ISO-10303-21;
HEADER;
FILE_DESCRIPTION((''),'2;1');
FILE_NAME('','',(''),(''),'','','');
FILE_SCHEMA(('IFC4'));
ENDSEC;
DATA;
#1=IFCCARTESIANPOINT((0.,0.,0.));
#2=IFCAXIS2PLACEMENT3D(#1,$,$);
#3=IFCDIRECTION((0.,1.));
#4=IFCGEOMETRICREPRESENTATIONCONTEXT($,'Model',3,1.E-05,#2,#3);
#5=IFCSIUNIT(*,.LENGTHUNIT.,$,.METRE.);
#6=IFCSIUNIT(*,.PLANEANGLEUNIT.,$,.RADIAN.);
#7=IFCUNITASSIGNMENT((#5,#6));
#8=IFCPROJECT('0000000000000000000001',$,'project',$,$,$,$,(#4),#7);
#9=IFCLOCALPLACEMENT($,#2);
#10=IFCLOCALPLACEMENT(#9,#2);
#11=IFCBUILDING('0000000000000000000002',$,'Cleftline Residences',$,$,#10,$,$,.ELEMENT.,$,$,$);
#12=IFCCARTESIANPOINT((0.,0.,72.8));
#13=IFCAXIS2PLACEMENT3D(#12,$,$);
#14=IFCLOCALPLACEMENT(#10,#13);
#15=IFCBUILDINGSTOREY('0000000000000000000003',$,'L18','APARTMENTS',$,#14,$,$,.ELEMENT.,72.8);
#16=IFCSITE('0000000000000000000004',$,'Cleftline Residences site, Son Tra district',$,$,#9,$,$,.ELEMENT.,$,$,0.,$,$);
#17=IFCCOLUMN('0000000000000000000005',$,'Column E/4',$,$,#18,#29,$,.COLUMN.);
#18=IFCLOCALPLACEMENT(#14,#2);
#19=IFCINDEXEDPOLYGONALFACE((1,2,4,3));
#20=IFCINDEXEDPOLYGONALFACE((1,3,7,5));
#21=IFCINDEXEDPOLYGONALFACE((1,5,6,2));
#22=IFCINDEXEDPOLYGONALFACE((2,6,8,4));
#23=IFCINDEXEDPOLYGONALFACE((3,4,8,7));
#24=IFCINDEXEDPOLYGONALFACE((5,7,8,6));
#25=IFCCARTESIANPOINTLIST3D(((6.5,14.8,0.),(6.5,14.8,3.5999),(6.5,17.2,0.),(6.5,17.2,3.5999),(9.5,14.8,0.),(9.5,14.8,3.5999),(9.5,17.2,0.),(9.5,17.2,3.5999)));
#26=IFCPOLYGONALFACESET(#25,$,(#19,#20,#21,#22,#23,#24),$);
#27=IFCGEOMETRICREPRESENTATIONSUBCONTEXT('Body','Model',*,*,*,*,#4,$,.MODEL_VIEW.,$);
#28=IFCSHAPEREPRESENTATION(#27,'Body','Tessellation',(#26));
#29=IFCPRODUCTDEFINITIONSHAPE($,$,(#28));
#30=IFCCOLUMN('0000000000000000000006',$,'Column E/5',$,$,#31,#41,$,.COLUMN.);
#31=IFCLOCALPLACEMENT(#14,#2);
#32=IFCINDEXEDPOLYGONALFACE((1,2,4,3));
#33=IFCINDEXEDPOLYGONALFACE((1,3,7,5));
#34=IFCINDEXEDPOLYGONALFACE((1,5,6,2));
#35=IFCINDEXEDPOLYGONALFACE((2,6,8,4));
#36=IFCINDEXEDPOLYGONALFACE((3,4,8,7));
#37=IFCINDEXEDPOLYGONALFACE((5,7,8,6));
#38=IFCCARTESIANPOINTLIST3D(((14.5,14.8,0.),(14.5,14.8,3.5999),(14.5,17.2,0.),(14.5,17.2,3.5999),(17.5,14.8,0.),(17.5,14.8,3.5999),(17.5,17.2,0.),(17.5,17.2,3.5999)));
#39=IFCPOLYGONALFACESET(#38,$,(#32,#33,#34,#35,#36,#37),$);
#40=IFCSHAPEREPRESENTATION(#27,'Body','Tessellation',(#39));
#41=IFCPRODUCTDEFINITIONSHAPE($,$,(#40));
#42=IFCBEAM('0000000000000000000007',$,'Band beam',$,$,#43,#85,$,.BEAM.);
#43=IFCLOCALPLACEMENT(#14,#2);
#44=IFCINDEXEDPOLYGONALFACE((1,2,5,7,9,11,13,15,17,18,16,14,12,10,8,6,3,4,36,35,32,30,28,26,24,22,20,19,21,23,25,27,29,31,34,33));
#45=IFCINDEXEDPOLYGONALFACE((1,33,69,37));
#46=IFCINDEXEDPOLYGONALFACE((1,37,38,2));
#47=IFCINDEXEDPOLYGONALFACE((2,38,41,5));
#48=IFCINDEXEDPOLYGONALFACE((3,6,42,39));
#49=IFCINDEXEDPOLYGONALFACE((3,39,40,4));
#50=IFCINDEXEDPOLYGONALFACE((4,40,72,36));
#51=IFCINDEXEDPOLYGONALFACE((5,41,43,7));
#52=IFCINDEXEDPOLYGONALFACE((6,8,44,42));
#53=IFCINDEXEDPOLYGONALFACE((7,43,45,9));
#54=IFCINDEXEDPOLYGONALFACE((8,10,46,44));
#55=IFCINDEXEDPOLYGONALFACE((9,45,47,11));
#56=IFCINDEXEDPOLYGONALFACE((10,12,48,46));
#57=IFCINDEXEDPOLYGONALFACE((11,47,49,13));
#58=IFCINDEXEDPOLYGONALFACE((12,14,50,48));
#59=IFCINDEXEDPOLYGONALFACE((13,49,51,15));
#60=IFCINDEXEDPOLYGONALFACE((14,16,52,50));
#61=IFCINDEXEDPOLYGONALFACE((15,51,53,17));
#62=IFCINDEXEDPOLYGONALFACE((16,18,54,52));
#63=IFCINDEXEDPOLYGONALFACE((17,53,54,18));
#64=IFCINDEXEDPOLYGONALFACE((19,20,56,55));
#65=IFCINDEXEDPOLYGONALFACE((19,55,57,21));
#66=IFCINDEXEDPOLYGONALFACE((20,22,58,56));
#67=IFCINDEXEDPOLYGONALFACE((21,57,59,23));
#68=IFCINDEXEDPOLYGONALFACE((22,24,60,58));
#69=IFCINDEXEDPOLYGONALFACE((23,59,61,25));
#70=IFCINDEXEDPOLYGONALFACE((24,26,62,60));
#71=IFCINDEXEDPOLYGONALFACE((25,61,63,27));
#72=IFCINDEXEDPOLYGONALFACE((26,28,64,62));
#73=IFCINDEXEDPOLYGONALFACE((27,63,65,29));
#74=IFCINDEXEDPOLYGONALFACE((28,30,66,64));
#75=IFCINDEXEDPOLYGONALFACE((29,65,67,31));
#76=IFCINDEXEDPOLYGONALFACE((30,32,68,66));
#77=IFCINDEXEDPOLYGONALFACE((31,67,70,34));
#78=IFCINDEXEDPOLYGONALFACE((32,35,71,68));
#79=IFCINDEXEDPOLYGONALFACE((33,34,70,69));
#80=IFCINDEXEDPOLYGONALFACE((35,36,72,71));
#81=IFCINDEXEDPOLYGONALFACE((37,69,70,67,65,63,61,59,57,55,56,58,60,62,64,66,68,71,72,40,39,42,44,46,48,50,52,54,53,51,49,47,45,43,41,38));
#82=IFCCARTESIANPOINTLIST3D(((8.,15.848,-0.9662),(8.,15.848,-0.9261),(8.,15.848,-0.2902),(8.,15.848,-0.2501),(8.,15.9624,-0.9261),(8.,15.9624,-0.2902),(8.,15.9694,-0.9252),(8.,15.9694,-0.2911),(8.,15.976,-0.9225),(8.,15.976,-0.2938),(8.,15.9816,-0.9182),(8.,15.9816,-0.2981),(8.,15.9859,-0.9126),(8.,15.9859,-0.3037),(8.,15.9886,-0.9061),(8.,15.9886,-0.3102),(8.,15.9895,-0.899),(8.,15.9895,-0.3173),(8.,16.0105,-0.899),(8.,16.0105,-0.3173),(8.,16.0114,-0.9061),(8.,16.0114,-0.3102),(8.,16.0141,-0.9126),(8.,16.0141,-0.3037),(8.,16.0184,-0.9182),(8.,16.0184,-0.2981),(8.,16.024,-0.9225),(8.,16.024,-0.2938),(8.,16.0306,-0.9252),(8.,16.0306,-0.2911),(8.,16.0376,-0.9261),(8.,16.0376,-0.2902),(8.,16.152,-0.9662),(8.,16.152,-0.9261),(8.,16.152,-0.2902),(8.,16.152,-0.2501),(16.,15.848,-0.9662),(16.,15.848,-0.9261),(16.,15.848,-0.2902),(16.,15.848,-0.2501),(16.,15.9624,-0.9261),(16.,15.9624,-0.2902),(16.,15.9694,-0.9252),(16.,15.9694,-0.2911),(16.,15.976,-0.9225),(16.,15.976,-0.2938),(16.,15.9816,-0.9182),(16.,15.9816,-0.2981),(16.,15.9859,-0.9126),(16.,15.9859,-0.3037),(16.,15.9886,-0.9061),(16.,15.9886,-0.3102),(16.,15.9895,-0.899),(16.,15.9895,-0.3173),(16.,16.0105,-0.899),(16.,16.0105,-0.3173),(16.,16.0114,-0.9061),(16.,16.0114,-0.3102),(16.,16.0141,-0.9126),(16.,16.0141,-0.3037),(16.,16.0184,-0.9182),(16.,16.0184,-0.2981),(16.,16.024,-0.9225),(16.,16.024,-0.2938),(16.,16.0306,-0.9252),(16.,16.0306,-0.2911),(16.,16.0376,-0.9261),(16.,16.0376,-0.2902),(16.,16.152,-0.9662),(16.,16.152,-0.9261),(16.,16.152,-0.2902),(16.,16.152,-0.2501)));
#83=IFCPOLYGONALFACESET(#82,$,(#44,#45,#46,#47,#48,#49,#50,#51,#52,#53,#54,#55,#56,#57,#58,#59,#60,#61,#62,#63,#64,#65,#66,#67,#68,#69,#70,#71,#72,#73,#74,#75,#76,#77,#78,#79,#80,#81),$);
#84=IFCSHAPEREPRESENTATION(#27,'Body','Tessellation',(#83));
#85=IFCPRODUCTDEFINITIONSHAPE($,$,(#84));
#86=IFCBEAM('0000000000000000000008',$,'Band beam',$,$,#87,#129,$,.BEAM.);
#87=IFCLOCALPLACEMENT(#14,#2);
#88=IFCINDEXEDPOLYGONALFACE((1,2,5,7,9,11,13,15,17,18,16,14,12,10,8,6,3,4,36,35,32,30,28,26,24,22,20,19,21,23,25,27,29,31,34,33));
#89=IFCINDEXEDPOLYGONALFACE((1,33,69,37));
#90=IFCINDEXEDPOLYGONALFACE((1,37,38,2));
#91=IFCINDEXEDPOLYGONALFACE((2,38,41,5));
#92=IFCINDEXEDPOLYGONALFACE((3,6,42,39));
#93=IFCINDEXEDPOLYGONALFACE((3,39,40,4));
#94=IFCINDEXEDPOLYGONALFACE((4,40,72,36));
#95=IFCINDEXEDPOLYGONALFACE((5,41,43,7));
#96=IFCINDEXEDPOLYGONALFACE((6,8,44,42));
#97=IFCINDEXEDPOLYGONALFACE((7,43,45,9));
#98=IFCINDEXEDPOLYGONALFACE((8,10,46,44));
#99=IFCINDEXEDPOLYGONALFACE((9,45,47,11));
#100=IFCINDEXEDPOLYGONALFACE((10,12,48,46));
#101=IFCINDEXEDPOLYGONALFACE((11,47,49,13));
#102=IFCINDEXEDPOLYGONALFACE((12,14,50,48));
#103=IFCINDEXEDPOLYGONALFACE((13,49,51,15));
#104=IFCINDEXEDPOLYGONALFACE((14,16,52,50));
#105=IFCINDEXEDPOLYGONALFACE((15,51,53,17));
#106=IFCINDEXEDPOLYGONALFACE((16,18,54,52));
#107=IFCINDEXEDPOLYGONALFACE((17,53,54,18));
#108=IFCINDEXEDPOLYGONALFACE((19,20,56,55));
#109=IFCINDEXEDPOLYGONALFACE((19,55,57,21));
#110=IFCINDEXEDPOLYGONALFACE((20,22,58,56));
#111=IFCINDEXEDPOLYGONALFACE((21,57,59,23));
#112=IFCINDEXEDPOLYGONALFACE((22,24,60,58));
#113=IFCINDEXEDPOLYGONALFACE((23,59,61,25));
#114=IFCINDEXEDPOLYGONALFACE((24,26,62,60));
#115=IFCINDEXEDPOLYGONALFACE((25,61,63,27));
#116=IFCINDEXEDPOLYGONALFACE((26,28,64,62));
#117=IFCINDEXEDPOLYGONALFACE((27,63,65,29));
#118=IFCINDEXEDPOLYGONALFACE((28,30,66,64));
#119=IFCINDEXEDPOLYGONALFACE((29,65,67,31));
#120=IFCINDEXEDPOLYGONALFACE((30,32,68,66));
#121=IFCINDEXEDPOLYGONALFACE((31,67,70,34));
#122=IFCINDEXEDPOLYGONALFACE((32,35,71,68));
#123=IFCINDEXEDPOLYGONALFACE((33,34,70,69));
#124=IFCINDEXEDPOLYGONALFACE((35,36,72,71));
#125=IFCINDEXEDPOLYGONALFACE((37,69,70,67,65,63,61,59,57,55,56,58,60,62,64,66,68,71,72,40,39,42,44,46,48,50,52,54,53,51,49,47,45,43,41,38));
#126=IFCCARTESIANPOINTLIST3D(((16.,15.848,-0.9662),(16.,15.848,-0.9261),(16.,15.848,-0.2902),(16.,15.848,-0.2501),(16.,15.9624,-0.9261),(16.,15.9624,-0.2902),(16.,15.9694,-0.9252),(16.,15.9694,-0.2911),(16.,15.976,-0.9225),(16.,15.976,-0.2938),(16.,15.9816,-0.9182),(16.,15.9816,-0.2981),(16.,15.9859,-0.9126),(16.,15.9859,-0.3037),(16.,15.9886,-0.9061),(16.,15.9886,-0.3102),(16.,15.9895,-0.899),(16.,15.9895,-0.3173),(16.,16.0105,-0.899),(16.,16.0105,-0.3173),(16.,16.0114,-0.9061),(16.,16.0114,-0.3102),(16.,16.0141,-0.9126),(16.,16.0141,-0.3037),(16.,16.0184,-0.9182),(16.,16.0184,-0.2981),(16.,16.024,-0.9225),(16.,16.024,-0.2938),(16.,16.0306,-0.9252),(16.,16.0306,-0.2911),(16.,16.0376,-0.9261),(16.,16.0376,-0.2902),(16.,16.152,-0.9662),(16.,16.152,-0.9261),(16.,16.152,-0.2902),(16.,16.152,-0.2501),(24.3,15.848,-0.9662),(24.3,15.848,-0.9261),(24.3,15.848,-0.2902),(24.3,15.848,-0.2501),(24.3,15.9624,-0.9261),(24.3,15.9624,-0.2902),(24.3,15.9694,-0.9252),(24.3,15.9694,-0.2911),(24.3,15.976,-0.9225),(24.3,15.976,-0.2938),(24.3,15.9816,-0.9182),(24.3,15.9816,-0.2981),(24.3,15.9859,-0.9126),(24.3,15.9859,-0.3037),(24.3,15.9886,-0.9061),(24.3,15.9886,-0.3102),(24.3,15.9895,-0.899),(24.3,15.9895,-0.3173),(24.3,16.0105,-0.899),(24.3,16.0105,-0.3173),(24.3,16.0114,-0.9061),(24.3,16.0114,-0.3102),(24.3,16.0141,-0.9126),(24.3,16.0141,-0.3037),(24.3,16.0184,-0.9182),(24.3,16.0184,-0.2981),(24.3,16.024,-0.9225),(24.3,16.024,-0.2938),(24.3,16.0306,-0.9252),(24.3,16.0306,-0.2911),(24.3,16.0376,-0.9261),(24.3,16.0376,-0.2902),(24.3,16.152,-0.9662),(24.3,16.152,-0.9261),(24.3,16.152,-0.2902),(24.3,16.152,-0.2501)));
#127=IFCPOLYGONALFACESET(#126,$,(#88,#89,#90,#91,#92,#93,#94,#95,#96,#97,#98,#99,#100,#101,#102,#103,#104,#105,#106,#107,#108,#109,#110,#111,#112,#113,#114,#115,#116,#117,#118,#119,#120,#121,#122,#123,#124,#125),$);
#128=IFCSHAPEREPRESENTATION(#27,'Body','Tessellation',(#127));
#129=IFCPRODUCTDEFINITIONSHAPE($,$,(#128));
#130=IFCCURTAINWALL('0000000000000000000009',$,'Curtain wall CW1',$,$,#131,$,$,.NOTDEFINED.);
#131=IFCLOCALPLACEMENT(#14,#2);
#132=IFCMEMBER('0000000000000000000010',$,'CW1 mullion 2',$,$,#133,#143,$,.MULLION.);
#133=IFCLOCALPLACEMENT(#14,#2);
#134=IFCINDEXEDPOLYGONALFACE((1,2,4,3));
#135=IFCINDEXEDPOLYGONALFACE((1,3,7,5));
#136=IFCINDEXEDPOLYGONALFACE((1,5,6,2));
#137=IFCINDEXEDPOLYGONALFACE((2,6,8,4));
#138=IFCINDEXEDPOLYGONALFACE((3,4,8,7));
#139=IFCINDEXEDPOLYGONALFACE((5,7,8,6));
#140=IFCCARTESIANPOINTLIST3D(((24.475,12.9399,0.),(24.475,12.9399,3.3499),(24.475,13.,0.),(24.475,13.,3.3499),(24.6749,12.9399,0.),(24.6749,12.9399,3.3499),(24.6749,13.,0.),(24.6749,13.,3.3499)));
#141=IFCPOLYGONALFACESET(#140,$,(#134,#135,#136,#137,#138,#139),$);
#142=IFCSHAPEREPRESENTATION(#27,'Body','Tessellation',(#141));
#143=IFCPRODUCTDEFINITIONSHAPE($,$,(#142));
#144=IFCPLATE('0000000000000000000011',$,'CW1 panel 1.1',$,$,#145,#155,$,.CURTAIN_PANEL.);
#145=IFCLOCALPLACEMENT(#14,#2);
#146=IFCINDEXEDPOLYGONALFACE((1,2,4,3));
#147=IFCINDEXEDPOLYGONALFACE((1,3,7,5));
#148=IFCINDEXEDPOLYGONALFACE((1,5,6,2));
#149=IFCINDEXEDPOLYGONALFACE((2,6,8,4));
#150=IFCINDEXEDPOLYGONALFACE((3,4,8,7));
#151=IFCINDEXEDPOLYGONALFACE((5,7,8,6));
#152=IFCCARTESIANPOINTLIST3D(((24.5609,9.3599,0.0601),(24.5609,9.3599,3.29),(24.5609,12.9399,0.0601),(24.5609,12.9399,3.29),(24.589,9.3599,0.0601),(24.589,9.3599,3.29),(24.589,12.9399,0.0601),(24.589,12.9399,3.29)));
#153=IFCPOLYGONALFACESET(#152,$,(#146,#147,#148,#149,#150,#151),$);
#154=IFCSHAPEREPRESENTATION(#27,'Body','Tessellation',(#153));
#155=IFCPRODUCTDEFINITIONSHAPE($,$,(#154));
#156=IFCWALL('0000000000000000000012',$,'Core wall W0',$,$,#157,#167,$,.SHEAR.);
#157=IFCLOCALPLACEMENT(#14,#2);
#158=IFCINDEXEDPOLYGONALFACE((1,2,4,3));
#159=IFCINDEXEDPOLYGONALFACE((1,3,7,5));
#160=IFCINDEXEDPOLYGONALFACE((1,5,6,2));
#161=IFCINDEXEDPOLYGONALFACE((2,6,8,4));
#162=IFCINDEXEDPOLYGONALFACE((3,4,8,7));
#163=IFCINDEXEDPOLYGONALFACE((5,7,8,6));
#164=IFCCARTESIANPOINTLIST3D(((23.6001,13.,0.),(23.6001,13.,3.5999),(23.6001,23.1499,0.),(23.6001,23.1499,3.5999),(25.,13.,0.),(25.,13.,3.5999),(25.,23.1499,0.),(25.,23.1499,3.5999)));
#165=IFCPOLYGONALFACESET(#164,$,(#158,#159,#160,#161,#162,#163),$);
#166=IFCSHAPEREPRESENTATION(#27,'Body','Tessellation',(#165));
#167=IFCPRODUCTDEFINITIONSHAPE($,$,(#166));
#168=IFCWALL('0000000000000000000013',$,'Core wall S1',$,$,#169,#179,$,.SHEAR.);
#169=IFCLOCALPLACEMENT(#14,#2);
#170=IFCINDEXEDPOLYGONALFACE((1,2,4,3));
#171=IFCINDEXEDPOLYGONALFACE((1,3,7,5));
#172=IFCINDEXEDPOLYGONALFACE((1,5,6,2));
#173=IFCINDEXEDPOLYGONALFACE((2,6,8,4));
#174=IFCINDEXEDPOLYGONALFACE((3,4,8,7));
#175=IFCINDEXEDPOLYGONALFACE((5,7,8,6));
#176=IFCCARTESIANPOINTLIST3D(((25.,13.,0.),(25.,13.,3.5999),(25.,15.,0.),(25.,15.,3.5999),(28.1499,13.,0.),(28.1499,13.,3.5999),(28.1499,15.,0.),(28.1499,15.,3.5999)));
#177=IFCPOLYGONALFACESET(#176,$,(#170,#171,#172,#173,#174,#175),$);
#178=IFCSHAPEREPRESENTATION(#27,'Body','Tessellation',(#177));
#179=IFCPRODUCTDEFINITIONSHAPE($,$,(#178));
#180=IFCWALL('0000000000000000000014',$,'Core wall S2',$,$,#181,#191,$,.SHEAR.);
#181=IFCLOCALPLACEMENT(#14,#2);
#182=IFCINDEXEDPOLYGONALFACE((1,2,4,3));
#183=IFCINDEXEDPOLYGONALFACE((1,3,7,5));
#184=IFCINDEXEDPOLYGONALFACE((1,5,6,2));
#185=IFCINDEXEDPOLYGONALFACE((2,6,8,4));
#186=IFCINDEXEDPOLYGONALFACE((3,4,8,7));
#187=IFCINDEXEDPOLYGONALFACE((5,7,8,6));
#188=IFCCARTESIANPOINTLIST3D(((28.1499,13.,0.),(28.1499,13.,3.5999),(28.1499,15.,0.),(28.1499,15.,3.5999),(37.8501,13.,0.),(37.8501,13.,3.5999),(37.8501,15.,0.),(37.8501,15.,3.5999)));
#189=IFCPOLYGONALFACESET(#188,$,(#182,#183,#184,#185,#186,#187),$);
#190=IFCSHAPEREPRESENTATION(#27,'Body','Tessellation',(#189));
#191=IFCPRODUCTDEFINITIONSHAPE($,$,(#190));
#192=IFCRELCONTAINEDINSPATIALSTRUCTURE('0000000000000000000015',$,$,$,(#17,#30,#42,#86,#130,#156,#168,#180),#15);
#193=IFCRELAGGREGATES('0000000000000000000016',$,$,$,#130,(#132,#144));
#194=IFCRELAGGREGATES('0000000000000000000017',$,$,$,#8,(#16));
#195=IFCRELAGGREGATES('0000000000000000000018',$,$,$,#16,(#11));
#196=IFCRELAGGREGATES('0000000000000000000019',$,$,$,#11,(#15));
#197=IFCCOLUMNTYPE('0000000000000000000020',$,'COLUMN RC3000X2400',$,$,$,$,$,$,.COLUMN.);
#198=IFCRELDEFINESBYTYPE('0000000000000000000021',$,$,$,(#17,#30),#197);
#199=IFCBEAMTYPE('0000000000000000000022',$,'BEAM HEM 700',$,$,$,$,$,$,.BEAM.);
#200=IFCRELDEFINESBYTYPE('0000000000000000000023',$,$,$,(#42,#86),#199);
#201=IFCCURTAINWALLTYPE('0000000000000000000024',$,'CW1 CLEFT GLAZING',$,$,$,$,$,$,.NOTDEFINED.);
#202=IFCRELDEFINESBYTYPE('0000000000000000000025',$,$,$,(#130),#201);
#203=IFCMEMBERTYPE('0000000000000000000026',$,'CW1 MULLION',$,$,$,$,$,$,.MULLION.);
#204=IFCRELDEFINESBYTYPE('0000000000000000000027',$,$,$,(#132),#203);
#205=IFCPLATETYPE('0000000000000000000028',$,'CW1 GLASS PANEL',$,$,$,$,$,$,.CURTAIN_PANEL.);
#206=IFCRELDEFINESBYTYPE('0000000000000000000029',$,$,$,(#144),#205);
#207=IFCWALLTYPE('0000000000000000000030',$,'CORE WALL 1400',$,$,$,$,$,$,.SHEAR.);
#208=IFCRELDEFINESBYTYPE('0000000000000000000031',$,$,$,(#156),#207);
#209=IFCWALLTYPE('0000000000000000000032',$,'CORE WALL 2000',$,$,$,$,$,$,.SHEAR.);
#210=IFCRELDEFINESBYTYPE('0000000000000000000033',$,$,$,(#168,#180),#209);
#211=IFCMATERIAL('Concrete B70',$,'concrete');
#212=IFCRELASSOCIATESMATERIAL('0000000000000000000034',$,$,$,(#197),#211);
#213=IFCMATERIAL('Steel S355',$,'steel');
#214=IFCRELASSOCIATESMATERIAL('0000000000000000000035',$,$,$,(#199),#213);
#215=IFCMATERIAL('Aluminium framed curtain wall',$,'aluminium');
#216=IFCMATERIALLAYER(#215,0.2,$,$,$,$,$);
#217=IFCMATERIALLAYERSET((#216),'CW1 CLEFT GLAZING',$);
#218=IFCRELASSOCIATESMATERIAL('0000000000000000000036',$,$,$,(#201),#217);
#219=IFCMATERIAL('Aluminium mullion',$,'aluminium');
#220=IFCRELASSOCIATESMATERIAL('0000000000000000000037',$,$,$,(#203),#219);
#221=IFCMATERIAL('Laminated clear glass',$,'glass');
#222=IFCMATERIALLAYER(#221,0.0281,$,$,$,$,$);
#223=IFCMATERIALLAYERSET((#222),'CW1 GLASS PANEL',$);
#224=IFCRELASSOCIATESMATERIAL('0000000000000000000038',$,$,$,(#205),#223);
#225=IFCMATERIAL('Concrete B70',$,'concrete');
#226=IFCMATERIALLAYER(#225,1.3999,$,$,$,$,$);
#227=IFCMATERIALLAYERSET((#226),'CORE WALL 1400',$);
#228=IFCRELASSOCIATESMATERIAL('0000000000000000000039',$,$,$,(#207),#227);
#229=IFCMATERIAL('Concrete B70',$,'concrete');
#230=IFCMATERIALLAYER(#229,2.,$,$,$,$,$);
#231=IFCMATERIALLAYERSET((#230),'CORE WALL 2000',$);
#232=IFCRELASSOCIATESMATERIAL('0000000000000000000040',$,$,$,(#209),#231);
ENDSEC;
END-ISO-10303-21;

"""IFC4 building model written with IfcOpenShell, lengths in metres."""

from ifc_helpers import new_model, si_unit, direction, frame, frame_2d, origin, origin_2d, place, context, subcontext, project, spatial, rectangle, i_section, extrude, material, layer, layer_set, material_profile, profile_set, type_object, element, aggregate, save


model = new_model("IFC4")

# Units and contexts
model_context = context("Model", 3, precision=1e-05, world=origin(), true_north=direction((0.0, 1.0)))
body_context = subcontext(model_context, "Body", "Model", "MODEL_VIEW")
ifc_project = project(units=[si_unit("LENGTHUNIT", "METRE"), si_unit("PLANEANGLEUNIT", "RADIAN")], contexts=[model_context])

# Site, building, storey
site_placement = place(None, origin())
site = spatial("IfcSite", under=ifc_project, at=site_placement, Name="Cleftline Residences site, Son Tra district", CompositionType="ELEMENT", RefElevation=0.0)
building_placement = place(site_placement, origin())
building = spatial("IfcBuilding", under=site, at=building_placement, Name="Cleftline Residences", CompositionType="ELEMENT")
storey_placement = place(building_placement, frame((0.0, 0.0, 72.8)))
storey = spatial("IfcBuildingStorey", under=building, at=storey_placement, Name="L18", Description="APARTMENTS", CompositionType="ELEMENT", Elevation=72.8)

# Columns
ifc_material_1 = material(Name="Concrete B70", Category="concrete")
ifc_material_profile_1 = material_profile(ifc_material_1, rectangle(XDim=3.0, YDim=2.3999, at=origin_2d()))
ifc_profile_set_1 = profile_set([ifc_material_profile_1], Name="Concrete B70")
column_type = type_object("IfcColumnType", Name="COLUMN RC3000X2400", PredefinedType="COLUMN", material=ifc_profile_set_1)
for number, where, z_axis, x_axis, name in (
    (1, (8.0, 16.0, 0.0), (0.0, 0.0, 1.0), (1.0, 0.0, 0.0), "Column E/4"),
    (2, (16.0, 16.0, 0.0), (0.0, 0.0, 1.0), (1.0, 0.0, 0.0), "Column E/5"),
):
    element("IfcColumn", number, at=place(storey_placement, frame(where, z_axis=z_axis, x_axis=x_axis)), inside=storey, type_object=column_type, Name=name, PredefinedType="COLUMN", context=body_context, shape_type="SweptSolid", body=[
        extrude(rectangle(XDim=3.0, YDim=2.3999, at=origin_2d()), origin(), (0.0, 0.0, 1.0), 3.5999),
    ])

# Beams
ifc_material_2 = material(Name="Steel S355", Category="steel")
ifc_material_profile_2 = material_profile(ifc_material_2, i_section(OverallWidth=0.304, OverallDepth=0.7161, WebThickness=0.021, FlangeThickness=0.04, FilletRadius=0.0271, at=origin_2d()))
ifc_profile_set_2 = profile_set([ifc_material_profile_2], Name="Steel S355")
beam_type = type_object("IfcBeamType", Name="BEAM HEM 700", PredefinedType="BEAM", material=ifc_profile_set_2)
beam_1_placement = place(storey_placement, frame((8.0, 16.0, -0.6082), z_axis=(1.0, 0.0, 0.0), x_axis=(0.0, 1.0, 0.0)))
element("IfcBeam", 3, at=beam_1_placement, inside=storey, type_object=beam_type, Name="Band beam", PredefinedType="BEAM", context=body_context, shape_type="SweptSolid", body=[
    extrude(i_section(OverallWidth=0.304, OverallDepth=0.7161, WebThickness=0.021, FlangeThickness=0.04, FilletRadius=0.0271, at=origin_2d()), origin(), (0.0, 0.0, 1.0), 8.0),
])
beam_2_placement = place(storey_placement, frame((16.0, 16.0, -0.6082), z_axis=(1.0, 0.0, 0.0), x_axis=(0.0, 1.0, 0.0)))
element("IfcBeam", 4, at=beam_2_placement, inside=storey, type_object=beam_type, Name="Band beam", PredefinedType="BEAM", context=body_context, shape_type="SweptSolid", body=[
    extrude(i_section(OverallWidth=0.304, OverallDepth=0.7161, WebThickness=0.021, FlangeThickness=0.04, FilletRadius=0.0271, at=origin_2d()), origin(), (0.0, 0.0, 1.0), 8.3),
])

# Curtain wall, member, plate
ifc_material_3 = material(Name="Aluminium framed curtain wall", Category="aluminium")
ifc_layer_1 = layer(ifc_material_3, 0.2)
ifc_layer_set_1 = layer_set([ifc_layer_1], Name="CW1 CLEFT GLAZING")
curtain_wall_type = type_object("IfcCurtainWallType", Name="CW1 CLEFT GLAZING", PredefinedType="NOTDEFINED", material=ifc_layer_set_1)
curtain_wall_placement = place(storey_placement, origin())
curtain_wall = element("IfcCurtainWall", 5, at=curtain_wall_placement, inside=storey, type_object=curtain_wall_type, Name="Curtain wall CW1", PredefinedType="NOTDEFINED")
ifc_material_4 = material(Name="Aluminium mullion", Category="aluminium")
ifc_material_profile_3 = material_profile(ifc_material_4, rectangle(XDim=0.2, YDim=0.0601, at=origin_2d()))
ifc_profile_set_3 = profile_set([ifc_material_profile_3], Name="Aluminium mullion")
member_type = type_object("IfcMemberType", Name="CW1 MULLION", PredefinedType="MULLION", material=ifc_profile_set_3)
member_placement = place(storey_placement, frame((24.575, 12.97, 0.0), z_axis=(0.0, 0.0, 1.0), x_axis=(-1.0, 0.0, 0.0)))
member = element("IfcMember", 6, at=member_placement, type_object=member_type, Name="CW1 mullion 2", PredefinedType="MULLION", context=body_context, shape_type="SweptSolid", body=[
    extrude(rectangle(XDim=0.2, YDim=0.0601, at=origin_2d()), origin(), (0.0, 0.0, 1.0), 3.3499),
])
ifc_material_5 = material(Name="Laminated clear glass", Category="glass")
ifc_layer_2 = layer(ifc_material_5, 0.0281)
ifc_layer_set_2 = layer_set([ifc_layer_2], Name="CW1 GLASS PANEL")
plate_type = type_object("IfcPlateType", Name="CW1 GLASS PANEL", PredefinedType="CURTAIN_PANEL", material=ifc_layer_set_2)
plate_placement = place(storey_placement, frame((24.575, 11.1499, 0.0601), z_axis=(0.0, 0.0, 1.0), x_axis=(0.0, 1.0, 0.0)))
plate = element("IfcPlate", 7, at=plate_placement, type_object=plate_type, Name="CW1 panel 1.1", PredefinedType="CURTAIN_PANEL", context=body_context, shape_type="SweptSolid", body=[
    extrude(rectangle(XDim=3.5801, YDim=0.0281, at=origin_2d()), origin(), (0.0, 0.0, 1.0), 3.23),
])
aggregate(curtain_wall, [member, plate])

# Wall
ifc_material_6 = material(Name="Concrete B70", Category="concrete")
ifc_layer_3 = layer(ifc_material_6, 1.3999)
ifc_layer_set_3 = layer_set([ifc_layer_3], Name="CORE WALL 1400")
wall_type_1 = type_object("IfcWallType", Name="CORE WALL 1400", PredefinedType="SHEAR", material=ifc_layer_set_3)
wall_1_placement = place(storey_placement, frame((24.3, 13.0, 0.0), z_axis=(0.0, 0.0, 1.0), x_axis=(0.0, 1.0, 0.0)))
element("IfcWall", 8, at=wall_1_placement, inside=storey, type_object=wall_type_1, Name="Core wall W0", PredefinedType="SHEAR", context=body_context, shape_type="SweptSolid", body=[
    extrude(rectangle(XDim=10.1499, YDim=1.3999, at=frame_2d((5.075, 0.0))), origin(), (0.0, 0.0, 1.0), 3.5999),
])

# Walls
ifc_material_7 = material(Name="Concrete B70", Category="concrete")
ifc_layer_4 = layer(ifc_material_7, 2.0)
ifc_layer_set_4 = layer_set([ifc_layer_4], Name="CORE WALL 2000")
wall_type_2 = type_object("IfcWallType", Name="CORE WALL 2000", PredefinedType="SHEAR", material=ifc_layer_set_4)
wall_2_placement = place(storey_placement, frame((25.0, 14.0, 0.0), z_axis=(0.0, 0.0, 1.0), x_axis=(1.0, 0.0, 0.0)))
element("IfcWall", 9, at=wall_2_placement, inside=storey, type_object=wall_type_2, Name="Core wall S1", PredefinedType="SHEAR", context=body_context, shape_type="SweptSolid", body=[
    extrude(rectangle(XDim=3.1499, YDim=2.0, at=frame_2d((1.575, 0.0))), origin(), (0.0, 0.0, 1.0), 3.5999),
])
wall_3_placement = place(storey_placement, frame((28.1499, 14.0, 0.0), z_axis=(0.0, 0.0, 1.0), x_axis=(1.0, 0.0, 0.0)))
element("IfcWall", 10, at=wall_3_placement, inside=storey, type_object=wall_type_2, Name="Core wall S2", PredefinedType="SHEAR", context=body_context, shape_type="SweptSolid", body=[
    extrude(rectangle(XDim=9.7002, YDim=2.0, at=frame_2d((4.8501, 0.0))), origin(), (0.0, 0.0, 1.0), 3.5999),
])

save(model, "model.ifc")
